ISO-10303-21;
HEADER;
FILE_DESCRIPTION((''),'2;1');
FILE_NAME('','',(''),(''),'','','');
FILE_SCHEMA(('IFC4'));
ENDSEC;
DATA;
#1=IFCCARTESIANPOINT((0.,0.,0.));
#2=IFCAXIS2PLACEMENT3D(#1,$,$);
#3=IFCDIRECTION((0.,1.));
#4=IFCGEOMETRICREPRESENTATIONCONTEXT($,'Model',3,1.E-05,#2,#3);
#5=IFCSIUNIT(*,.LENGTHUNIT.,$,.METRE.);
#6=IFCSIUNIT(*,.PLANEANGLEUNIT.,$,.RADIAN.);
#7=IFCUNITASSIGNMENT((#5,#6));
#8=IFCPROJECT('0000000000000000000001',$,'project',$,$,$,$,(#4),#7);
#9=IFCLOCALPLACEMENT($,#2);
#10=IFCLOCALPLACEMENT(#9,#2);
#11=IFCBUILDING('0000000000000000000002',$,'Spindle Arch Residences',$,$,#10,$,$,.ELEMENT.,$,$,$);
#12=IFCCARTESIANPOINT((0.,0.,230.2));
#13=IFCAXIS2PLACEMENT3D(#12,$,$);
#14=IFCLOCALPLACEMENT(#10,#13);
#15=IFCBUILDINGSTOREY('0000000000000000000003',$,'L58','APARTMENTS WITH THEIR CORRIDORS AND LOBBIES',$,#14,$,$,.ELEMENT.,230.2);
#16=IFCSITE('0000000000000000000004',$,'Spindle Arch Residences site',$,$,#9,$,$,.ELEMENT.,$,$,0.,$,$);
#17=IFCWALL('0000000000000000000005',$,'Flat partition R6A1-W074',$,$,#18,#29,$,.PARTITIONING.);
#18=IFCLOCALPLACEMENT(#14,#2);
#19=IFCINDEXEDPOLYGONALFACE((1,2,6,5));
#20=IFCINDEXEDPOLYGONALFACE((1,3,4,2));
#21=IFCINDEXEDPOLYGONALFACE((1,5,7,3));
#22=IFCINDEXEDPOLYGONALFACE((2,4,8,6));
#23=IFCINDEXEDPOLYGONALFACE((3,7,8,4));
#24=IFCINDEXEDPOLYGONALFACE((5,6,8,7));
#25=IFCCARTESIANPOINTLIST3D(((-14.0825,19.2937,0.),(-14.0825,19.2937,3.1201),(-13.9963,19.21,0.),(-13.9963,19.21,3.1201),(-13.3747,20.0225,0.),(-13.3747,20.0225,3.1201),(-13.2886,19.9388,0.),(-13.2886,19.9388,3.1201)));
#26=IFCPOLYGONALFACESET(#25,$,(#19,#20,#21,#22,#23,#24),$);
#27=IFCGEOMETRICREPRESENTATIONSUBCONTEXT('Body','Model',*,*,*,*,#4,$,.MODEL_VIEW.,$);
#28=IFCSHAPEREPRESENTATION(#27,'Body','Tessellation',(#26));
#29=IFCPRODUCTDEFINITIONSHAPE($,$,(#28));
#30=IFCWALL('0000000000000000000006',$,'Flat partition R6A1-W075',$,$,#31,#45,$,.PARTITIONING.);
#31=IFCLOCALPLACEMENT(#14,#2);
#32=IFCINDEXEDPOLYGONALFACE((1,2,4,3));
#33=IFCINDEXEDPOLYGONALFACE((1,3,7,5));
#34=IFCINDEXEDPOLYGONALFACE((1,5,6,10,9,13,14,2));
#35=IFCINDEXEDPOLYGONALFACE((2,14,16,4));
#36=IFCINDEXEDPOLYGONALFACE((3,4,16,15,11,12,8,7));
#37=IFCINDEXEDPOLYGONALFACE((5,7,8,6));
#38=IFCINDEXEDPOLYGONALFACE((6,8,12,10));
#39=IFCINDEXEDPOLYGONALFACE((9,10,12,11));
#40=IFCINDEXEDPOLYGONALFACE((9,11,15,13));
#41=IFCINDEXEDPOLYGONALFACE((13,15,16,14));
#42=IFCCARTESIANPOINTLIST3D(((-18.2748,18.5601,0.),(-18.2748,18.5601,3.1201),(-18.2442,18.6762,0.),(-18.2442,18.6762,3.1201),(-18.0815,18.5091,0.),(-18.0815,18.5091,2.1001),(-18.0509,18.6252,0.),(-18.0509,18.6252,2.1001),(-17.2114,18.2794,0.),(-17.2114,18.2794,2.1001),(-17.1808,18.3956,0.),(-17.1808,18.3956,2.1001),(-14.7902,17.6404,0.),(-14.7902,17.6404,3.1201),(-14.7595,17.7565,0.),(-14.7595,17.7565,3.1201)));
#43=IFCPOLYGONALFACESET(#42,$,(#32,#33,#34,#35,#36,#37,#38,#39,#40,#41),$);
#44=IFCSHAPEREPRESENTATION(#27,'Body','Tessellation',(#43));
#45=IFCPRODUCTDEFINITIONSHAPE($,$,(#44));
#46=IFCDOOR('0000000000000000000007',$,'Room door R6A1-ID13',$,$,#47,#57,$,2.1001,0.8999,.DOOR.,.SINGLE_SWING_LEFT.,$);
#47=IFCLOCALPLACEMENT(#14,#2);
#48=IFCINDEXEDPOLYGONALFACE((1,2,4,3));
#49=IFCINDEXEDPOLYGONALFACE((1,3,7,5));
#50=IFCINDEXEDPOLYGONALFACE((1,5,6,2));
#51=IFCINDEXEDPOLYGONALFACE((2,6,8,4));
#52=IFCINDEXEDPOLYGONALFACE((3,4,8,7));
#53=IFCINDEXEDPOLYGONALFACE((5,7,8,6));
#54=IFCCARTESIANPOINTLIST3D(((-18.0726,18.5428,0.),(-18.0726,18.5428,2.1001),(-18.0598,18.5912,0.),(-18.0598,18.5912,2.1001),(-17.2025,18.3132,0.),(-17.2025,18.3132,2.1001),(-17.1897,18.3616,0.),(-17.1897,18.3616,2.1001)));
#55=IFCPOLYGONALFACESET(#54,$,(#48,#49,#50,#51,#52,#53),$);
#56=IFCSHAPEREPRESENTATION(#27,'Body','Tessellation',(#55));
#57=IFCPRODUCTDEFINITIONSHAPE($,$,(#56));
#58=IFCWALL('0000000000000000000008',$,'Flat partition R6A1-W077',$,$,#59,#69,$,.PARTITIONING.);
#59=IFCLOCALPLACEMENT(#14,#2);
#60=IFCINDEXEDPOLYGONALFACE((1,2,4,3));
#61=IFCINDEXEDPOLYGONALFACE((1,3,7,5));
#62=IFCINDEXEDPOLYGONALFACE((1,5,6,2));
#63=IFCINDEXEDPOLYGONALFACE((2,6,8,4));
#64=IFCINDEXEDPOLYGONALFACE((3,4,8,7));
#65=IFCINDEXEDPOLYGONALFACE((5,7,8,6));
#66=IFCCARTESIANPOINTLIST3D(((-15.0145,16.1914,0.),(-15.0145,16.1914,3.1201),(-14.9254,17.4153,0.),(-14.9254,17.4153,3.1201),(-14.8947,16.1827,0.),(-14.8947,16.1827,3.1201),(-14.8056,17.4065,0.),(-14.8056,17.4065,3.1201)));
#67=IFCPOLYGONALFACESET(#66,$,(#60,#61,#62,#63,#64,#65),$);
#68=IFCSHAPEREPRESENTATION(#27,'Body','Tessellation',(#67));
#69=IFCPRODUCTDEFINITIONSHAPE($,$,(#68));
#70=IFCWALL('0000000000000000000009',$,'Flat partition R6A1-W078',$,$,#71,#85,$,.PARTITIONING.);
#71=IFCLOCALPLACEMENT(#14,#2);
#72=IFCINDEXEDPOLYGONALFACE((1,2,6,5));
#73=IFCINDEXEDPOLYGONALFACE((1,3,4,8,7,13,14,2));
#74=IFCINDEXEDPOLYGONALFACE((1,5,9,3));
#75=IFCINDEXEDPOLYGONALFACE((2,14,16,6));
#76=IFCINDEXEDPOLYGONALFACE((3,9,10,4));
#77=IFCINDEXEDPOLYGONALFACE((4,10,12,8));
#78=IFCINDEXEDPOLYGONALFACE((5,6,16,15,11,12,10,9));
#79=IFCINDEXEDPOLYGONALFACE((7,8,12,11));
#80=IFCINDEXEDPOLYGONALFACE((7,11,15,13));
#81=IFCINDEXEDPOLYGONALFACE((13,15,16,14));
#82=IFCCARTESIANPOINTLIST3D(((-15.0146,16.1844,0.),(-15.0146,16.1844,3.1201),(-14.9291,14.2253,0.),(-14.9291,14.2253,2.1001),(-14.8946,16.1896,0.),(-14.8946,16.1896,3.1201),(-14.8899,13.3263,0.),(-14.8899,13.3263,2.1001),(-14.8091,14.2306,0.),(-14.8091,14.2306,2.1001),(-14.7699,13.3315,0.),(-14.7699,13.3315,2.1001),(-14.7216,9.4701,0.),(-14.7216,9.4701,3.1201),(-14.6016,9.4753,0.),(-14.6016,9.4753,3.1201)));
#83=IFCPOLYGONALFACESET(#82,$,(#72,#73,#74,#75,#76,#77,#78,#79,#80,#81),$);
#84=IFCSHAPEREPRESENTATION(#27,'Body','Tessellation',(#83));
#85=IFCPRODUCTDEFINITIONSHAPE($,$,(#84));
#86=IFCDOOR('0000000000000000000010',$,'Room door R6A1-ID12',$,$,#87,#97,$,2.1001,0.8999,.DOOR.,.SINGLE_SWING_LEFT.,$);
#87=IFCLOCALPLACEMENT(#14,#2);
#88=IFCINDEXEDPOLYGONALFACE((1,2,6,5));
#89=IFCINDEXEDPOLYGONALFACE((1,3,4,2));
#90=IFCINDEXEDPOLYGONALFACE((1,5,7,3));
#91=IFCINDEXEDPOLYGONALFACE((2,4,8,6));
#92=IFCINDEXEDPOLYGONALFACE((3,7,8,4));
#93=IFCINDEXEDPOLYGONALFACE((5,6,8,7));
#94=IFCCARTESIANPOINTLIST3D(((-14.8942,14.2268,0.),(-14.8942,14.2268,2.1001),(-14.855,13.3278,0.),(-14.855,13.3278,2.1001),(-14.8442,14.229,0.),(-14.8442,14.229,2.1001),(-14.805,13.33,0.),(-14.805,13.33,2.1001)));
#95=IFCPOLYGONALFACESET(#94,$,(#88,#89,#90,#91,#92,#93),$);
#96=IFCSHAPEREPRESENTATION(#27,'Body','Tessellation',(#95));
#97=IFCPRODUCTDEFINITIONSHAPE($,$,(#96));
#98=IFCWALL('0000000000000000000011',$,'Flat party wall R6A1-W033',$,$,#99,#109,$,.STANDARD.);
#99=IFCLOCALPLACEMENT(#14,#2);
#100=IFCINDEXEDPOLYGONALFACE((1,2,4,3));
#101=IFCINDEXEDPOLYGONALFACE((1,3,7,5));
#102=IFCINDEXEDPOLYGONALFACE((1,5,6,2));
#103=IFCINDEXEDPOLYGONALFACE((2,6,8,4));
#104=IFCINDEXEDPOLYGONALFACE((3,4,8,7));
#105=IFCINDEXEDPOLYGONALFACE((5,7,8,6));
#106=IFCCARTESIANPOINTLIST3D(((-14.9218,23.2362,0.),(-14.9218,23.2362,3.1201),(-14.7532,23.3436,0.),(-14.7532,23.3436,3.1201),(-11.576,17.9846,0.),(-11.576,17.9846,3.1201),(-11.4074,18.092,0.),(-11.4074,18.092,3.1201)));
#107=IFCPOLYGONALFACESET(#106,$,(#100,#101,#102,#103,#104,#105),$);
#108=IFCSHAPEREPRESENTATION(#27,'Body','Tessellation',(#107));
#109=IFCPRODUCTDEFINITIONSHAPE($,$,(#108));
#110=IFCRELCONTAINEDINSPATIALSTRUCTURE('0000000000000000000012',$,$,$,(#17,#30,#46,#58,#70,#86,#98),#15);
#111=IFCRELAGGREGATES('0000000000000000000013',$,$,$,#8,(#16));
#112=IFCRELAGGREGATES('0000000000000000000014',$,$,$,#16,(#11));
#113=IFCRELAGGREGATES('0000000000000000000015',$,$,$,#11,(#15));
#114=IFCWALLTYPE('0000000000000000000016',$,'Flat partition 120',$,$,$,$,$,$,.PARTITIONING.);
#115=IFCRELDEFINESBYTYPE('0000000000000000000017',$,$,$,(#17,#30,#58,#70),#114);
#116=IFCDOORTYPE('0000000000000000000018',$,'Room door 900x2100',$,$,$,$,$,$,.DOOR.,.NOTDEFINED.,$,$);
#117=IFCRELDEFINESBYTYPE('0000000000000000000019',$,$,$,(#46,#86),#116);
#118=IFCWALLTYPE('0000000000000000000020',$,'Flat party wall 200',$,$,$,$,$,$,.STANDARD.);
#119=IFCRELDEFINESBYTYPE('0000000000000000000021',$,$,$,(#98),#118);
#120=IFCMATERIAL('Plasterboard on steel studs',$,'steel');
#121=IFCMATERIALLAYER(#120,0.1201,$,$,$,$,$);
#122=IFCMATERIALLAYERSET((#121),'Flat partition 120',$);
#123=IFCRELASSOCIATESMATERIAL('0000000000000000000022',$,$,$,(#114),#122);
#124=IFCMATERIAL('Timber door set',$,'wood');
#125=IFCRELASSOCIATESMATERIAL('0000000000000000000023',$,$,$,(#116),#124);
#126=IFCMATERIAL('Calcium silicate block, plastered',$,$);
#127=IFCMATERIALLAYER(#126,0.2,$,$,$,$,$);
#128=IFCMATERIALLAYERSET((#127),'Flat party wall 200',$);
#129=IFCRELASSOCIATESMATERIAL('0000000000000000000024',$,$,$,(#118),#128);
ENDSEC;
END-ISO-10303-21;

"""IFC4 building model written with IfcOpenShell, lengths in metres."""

from ifc_helpers import new_model, si_unit, direction, frame, frame_2d, origin, place, context, subcontext, project, spatial, rectangle, extrude, material, layer, layer_set, type_object, element, fill, save


model = new_model("IFC4")

# Units and contexts
model_context = context("Model", 3, precision=1e-05, world=origin(), true_north=direction((0.0, 1.0)))
body_context = subcontext(model_context, "Body", "Model", "MODEL_VIEW")
ifc_project = project(units=[si_unit("LENGTHUNIT", "METRE"), si_unit("PLANEANGLEUNIT", "RADIAN")], contexts=[model_context])

# Site, building, storey
site_placement = place(None, origin())
site = spatial("IfcSite", under=ifc_project, at=site_placement, Name="Spindle Arch Residences site", CompositionType="ELEMENT", RefElevation=0.0)
building_placement = place(site_placement, origin())
building = spatial("IfcBuilding", under=site, at=building_placement, Name="Spindle Arch Residences", CompositionType="ELEMENT")
storey_placement = place(building_placement, frame((0.0, 0.0, 230.2)))
storey = spatial("IfcBuildingStorey", under=building, at=storey_placement, Name="L58", Description="APARTMENTS WITH THEIR CORRIDORS AND LOBBIES", CompositionType="ELEMENT", Elevation=230.2)

# Wall
ifc_material_1 = material(Name="Plasterboard on steel studs", Category="steel")
ifc_layer_1 = layer(ifc_material_1, 0.1201)
ifc_layer_set_1 = layer_set([ifc_layer_1], Name="Flat partition 120")
wall_type_1 = type_object("IfcWallType", Name="Flat partition 120", PredefinedType="PARTITIONING", material=ifc_layer_set_1)
for number, where, z_axis, x_axis, name in (
    (1, (-14.0393, 19.252, 0.0), (0.0, 0.0, 1.0), (0.696697, 0.717365, 0.0), "Flat partition R6A1-W074"),
):
    element("IfcWall", number, at=place(storey_placement, frame(where, z_axis=z_axis, x_axis=x_axis)), inside=storey, type_object=wall_type_1, Name=name, PredefinedType="PARTITIONING", context=body_context, shape_type="SweptSolid", body=[
        extrude(rectangle(XDim=1.0159, YDim=0.1201, at=frame_2d((0.5078, 0.0))), origin(), (0.0, 0.0, 1.0), 3.1201),
    ])

# Wall, opening, door
wall_1_placement = place(storey_placement, frame((-18.2595, 18.6182, 0.0), z_axis=(0.0, 0.0, 1.0), x_axis=(0.966892, -0.255187, 0.0)))
wall_1 = element("IfcWall", 2, at=wall_1_placement, inside=storey, type_object=wall_type_1, Name="Flat partition R6A1-W075", PredefinedType="PARTITIONING", context=body_context, shape_type="SweptSolid", body=[
    extrude(rectangle(XDim=3.604, YDim=0.1201, at=frame_2d((1.802, 0.0))), origin(), (0.0, 0.0, 1.0), 3.1201),
])
opening_1_placement = place(wall_1_placement, frame((0.2, 0.0, 0.0)))
opening_1 = element("IfcOpeningElement", 3, at=opening_1_placement, cuts=wall_1, PredefinedType="OPENING", context=body_context, shape_type="SweptSolid", body=[
    extrude(rectangle(XDim=0.8999, YDim=2.1001, at=frame_2d((0.45, 1.05))), frame((0.0, 0.0701, 0.0), z_axis=(0.0, -1.0, 0.0), x_axis=(1.0, 0.0, 0.0)), (0.0, 0.0, 1.0), 0.1401),
])
ifc_material_2 = material(Name="Timber door set", Category="wood")
door_type = type_object("IfcDoorType", Name="Room door 900x2100", OperationType="NOTDEFINED", PredefinedType="DOOR", material=ifc_material_2)
door_1_placement = place(opening_1_placement, origin())
door_1 = element("IfcDoor", 4, at=door_1_placement, inside=storey, type_object=door_type, Name="Room door R6A1-ID13", OperationType="SINGLE_SWING_LEFT", OverallHeight=2.1001, OverallWidth=0.8999, PredefinedType="DOOR", context=body_context, shape_type="SweptSolid", body=[
    extrude(rectangle(XDim=0.8999, YDim=2.1001, at=frame_2d((0.45, 1.05))), frame((0.0, 0.0249, 0.0), z_axis=(0.0, -1.0, 0.0), x_axis=(1.0, 0.0, 0.0)), (0.0, 0.0, 1.0), 0.05),
])
fill(opening_1, door_1)

# Wall
wall_2_placement = place(storey_placement, frame((-14.8655, 17.4109, 0.0), z_axis=(0.0, 0.0, 1.0), x_axis=(-0.072618, -0.99736, 0.0)))
element("IfcWall", 5, at=wall_2_placement, inside=storey, type_object=wall_type_1, Name="Flat partition R6A1-W077", PredefinedType="PARTITIONING", context=body_context, shape_type="SweptSolid", body=[
    extrude(rectangle(XDim=1.2271, YDim=0.1201, at=frame_2d((0.6135, 0.0))), origin(), (0.0, 0.0, 1.0), 3.1201),
])

# Wall, opening, door
wall_3_placement = place(storey_placement, frame((-14.9546, 16.187, 0.0), z_axis=(0.0, 0.0, 1.0), x_axis=(0.043592, -0.999049, 0.0)))
wall_3 = element("IfcWall", 6, at=wall_3_placement, inside=storey, type_object=wall_type_1, Name="Flat partition R6A1-W078", PredefinedType="PARTITIONING", context=body_context, shape_type="SweptSolid", body=[
    extrude(rectangle(XDim=6.7207, YDim=0.1201, at=frame_2d((3.3604, 0.0))), origin(), (0.0, 0.0, 1.0), 3.1201),
])
opening_2_placement = place(wall_3_placement, frame((1.9609, 0.0, 0.0)))
opening_2 = element("IfcOpeningElement", 7, at=opening_2_placement, cuts=wall_3, PredefinedType="OPENING", context=body_context, shape_type="SweptSolid", body=[
    extrude(rectangle(XDim=0.8999, YDim=2.1001, at=frame_2d((0.45, 1.05))), frame((0.0, 0.0701, 0.0), z_axis=(0.0, -1.0, 0.0), x_axis=(1.0, 0.0, 0.0)), (0.0, 0.0, 1.0), 0.1401),
])
door_2_placement = place(opening_2_placement, origin())
door_2 = element("IfcDoor", 8, at=door_2_placement, inside=storey, type_object=door_type, Name="Room door R6A1-ID12", OperationType="SINGLE_SWING_LEFT", OverallHeight=2.1001, OverallWidth=0.8999, PredefinedType="DOOR", context=body_context, shape_type="SweptSolid", body=[
    extrude(rectangle(XDim=0.8999, YDim=2.1001, at=frame_2d((0.45, 1.05))), frame((0.0, 0.0249, 0.0), z_axis=(0.0, -1.0, 0.0), x_axis=(1.0, 0.0, 0.0)), (0.0, 0.0, 1.0), 0.05),
])
fill(opening_2, door_2)

# Wall
ifc_material_3 = material(Name="Calcium silicate block, plastered")
ifc_layer_2 = layer(ifc_material_3, 0.2)
ifc_layer_set_2 = layer_set([ifc_layer_2], Name="Flat party wall 200")
wall_type_2 = type_object("IfcWallType", Name="Flat party wall 200", PredefinedType="STANDARD", material=ifc_layer_set_2)
wall_4_placement = place(storey_placement, frame((-14.8374, 23.2898, 0.0), z_axis=(0.0, 0.0, 1.0), x_axis=(0.537317, -0.84338, 0.0)))
element("IfcWall", 9, at=wall_4_placement, inside=storey, type_object=wall_type_2, Name="Flat party wall R6A1-W033", PredefinedType="STANDARD", context=body_context, shape_type="SweptSolid", body=[
    extrude(rectangle(XDim=6.2268, YDim=0.2, at=frame_2d((3.1133, 0.0))), origin(), (0.0, 0.0, 1.0), 3.1201),
])

save(model, "model.ifc")
